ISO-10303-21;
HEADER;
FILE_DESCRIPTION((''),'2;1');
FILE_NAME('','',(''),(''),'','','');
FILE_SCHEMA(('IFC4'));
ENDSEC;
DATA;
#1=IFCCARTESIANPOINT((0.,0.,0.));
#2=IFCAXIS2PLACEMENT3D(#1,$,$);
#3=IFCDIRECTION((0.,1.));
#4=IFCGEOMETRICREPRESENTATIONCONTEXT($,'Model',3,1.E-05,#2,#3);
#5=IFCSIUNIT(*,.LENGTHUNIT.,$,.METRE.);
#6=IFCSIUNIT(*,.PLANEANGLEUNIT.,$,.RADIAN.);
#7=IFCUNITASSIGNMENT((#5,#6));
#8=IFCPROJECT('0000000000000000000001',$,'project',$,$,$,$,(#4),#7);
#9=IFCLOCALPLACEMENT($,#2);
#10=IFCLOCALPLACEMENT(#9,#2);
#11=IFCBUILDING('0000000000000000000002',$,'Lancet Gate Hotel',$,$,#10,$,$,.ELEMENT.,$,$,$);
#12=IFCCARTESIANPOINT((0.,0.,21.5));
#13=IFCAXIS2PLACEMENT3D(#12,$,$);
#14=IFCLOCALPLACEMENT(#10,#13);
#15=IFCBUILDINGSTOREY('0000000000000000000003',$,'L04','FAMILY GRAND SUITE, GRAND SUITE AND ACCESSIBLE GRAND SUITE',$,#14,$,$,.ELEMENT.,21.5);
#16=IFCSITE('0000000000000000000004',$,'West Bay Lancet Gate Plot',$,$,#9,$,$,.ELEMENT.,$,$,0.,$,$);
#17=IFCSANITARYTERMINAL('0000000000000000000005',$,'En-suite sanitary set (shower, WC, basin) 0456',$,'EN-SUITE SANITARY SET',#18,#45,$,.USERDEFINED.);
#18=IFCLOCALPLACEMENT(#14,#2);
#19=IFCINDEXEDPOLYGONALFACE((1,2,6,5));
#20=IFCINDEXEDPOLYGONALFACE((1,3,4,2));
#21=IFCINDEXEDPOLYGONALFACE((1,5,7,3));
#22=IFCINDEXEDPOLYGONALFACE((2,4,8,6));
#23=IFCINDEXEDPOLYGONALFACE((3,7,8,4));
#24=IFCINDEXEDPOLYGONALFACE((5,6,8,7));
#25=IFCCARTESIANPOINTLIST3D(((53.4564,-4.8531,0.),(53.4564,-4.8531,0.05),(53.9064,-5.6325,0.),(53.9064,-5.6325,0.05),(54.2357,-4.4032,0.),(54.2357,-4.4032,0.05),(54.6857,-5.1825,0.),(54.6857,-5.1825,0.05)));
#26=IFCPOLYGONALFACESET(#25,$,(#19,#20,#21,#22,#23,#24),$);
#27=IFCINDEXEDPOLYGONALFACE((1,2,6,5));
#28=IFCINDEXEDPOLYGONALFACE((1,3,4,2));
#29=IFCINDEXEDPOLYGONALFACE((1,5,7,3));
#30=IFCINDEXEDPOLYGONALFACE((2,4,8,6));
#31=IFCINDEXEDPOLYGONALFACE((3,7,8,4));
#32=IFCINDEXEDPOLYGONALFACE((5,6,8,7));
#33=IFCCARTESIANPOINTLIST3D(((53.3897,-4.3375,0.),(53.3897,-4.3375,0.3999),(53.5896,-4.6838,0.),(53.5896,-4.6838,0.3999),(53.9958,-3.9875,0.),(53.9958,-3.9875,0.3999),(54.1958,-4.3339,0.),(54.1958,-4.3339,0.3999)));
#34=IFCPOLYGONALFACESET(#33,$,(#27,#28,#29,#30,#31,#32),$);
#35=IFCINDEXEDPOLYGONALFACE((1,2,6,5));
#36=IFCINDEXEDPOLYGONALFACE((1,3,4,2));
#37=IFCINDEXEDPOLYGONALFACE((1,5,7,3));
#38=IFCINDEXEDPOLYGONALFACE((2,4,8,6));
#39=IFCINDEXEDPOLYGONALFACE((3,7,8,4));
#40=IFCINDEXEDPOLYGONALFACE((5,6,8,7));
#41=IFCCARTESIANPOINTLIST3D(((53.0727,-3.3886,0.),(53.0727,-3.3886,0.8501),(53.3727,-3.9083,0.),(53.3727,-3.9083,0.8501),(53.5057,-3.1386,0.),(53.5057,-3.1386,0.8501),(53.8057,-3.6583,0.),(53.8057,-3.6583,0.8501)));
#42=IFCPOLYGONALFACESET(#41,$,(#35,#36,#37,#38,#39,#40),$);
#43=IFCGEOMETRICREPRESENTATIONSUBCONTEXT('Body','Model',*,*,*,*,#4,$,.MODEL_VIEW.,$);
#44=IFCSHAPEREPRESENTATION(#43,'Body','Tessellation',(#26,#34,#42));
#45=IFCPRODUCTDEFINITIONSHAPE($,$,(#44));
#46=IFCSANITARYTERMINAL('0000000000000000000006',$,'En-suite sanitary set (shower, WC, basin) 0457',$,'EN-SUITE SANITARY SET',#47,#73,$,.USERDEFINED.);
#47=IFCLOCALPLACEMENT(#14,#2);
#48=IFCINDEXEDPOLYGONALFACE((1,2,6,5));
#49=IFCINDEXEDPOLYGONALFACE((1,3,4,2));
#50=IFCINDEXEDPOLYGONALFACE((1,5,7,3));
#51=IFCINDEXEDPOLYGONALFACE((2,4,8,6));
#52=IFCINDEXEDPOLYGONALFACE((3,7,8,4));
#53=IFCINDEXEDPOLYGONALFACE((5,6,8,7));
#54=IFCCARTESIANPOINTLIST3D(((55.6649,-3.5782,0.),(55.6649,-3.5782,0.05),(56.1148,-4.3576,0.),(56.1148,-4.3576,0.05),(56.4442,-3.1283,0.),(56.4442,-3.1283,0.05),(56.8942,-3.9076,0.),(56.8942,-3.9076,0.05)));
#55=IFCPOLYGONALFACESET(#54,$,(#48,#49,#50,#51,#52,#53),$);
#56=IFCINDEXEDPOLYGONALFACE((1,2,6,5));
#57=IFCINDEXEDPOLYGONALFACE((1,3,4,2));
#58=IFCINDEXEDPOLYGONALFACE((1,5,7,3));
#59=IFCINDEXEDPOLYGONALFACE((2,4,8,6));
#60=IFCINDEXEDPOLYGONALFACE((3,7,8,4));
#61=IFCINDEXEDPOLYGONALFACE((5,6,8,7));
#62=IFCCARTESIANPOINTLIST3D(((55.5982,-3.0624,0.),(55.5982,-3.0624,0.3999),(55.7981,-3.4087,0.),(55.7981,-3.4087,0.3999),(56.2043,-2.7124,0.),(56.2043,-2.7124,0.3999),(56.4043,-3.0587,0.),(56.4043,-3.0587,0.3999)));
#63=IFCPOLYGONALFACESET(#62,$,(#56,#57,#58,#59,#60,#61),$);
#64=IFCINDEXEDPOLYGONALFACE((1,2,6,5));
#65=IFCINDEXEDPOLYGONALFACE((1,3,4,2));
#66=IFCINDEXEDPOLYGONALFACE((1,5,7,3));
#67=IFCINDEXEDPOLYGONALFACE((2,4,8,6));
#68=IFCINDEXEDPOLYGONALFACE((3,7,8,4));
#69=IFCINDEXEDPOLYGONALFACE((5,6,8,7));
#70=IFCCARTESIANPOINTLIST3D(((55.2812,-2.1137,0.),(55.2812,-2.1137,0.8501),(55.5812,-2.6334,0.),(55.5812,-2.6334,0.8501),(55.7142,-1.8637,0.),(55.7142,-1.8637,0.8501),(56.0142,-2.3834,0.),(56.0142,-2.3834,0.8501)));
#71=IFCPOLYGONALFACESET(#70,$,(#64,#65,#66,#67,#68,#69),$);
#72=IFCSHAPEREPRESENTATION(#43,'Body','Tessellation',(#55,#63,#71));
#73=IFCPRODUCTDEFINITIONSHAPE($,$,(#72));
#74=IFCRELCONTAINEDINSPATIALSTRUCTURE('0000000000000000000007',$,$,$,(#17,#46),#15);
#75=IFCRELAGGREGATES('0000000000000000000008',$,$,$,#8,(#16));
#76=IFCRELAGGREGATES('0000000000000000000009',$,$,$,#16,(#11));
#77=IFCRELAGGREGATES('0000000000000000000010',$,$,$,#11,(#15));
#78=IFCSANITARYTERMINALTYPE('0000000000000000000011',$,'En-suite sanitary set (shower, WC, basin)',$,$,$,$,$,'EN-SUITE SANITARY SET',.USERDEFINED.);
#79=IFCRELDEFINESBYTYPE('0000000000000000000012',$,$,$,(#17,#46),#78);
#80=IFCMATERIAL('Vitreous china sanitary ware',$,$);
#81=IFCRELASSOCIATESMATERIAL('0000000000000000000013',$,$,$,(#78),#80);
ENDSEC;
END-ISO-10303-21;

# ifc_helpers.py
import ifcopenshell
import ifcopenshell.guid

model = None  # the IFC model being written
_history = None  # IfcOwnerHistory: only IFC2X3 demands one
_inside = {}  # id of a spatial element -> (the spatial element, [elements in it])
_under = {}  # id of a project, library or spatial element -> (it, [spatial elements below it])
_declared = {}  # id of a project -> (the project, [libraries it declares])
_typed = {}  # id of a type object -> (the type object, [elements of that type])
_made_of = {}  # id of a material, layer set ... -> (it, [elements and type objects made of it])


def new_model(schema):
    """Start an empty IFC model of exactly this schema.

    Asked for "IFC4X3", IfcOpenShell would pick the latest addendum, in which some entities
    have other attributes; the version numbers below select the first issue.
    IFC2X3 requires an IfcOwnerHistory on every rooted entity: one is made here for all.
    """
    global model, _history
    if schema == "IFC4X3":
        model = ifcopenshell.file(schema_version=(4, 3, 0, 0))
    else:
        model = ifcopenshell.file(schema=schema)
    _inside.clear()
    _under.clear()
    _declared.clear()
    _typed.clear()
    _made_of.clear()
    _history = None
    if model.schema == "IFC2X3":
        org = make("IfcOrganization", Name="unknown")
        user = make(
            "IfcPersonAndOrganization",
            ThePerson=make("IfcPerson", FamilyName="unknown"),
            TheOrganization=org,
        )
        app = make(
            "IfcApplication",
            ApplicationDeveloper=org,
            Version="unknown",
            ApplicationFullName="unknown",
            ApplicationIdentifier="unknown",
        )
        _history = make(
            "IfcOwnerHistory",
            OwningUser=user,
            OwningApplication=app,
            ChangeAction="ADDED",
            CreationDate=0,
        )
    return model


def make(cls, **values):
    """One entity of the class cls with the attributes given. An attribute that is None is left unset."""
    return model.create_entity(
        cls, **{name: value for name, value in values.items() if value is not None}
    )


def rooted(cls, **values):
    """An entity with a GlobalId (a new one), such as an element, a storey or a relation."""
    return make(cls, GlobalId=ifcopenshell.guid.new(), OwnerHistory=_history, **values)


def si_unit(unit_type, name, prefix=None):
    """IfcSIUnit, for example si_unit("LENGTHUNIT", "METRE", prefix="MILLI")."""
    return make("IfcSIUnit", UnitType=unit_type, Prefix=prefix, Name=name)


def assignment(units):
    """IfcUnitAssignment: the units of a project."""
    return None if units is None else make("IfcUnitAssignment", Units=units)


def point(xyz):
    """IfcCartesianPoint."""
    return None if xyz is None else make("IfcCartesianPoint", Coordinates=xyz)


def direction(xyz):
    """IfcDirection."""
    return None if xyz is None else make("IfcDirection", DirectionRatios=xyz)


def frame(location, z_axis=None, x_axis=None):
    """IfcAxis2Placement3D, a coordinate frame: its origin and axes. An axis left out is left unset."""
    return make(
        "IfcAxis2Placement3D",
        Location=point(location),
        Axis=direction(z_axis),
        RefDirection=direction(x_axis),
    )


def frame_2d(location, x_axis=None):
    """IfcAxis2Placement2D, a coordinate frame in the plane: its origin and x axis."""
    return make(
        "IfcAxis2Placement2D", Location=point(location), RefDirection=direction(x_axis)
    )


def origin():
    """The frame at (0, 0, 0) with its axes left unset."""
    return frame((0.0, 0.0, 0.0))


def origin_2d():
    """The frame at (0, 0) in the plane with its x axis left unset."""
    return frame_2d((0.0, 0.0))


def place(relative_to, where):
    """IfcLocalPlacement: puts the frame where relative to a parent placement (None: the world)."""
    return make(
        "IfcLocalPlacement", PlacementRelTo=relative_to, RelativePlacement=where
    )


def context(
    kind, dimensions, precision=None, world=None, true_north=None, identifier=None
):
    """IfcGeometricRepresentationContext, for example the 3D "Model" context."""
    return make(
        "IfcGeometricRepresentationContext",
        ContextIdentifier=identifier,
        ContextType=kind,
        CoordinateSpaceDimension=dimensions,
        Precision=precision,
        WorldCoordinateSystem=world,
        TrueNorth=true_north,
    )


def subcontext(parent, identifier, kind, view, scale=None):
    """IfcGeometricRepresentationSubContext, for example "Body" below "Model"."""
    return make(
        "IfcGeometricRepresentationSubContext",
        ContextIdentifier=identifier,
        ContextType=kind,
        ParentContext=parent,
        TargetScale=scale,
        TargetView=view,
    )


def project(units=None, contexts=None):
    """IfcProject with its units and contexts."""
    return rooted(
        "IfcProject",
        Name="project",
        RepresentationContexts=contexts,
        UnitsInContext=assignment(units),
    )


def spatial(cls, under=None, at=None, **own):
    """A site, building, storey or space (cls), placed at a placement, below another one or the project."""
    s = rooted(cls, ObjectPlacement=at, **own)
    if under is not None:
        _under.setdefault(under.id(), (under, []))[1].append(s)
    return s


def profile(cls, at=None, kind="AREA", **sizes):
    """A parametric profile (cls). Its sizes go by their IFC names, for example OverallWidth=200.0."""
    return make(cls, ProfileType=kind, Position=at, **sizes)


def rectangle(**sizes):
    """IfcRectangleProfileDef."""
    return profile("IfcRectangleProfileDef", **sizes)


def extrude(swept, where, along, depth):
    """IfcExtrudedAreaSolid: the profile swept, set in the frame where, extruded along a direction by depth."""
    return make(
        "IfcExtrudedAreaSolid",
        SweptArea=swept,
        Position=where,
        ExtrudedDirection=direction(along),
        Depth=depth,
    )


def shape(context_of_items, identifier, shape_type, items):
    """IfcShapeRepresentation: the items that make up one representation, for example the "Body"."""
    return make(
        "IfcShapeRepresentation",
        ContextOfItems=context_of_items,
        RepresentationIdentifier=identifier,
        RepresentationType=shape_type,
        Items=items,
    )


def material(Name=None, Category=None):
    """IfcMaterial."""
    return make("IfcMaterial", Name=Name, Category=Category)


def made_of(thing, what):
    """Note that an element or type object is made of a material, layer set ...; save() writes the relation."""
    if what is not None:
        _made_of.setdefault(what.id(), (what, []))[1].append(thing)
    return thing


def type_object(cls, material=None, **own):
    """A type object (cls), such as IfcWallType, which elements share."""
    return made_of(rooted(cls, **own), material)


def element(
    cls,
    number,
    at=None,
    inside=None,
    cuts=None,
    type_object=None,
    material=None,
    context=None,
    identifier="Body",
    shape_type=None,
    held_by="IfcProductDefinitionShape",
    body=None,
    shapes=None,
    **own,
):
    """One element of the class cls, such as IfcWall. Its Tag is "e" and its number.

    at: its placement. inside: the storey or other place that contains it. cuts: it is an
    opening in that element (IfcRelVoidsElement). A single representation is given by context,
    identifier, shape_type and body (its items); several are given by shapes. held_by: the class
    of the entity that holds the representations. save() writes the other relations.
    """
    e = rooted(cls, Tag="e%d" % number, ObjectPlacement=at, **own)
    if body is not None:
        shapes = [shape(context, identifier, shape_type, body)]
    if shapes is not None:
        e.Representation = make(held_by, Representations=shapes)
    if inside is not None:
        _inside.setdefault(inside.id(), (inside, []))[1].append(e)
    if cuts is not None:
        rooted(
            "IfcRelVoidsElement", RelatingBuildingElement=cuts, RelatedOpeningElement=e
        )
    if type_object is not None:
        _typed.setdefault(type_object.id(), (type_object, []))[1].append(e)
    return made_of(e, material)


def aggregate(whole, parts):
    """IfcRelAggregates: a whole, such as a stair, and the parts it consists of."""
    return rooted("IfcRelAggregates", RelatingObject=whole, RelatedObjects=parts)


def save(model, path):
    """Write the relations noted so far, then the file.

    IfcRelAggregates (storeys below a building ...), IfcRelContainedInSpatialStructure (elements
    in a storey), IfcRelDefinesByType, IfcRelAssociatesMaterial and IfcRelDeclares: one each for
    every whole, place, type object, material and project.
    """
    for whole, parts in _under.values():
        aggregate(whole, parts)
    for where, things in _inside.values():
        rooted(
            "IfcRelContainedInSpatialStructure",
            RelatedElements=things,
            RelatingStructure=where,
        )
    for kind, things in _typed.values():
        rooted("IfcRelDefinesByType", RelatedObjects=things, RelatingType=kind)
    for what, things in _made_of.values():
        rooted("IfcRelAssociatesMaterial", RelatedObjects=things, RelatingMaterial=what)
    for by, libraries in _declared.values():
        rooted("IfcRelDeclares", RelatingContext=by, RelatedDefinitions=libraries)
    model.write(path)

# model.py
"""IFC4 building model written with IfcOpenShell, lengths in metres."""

from ifc_helpers import new_model, si_unit, direction, frame, origin, origin_2d, place, context, subcontext, project, spatial, rectangle, extrude, material, type_object, element, save


model = new_model("IFC4")

# Units and contexts
model_context = context("Model", 3, precision=1e-05, world=origin(), true_north=direction((0.0, 1.0)))
body_context = subcontext(model_context, "Body", "Model", "MODEL_VIEW")
ifc_project = project(units=[si_unit("LENGTHUNIT", "METRE"), si_unit("PLANEANGLEUNIT", "RADIAN")], contexts=[model_context])

# Site, building, storey
site_placement = place(None, origin())
site = spatial("IfcSite", under=ifc_project, at=site_placement, Name="West Bay Lancet Gate Plot", CompositionType="ELEMENT", RefElevation=0.0)
building_placement = place(site_placement, origin())
building = spatial("IfcBuilding", under=site, at=building_placement, Name="Lancet Gate Hotel", CompositionType="ELEMENT")
storey_placement = place(building_placement, frame((0.0, 0.0, 21.5)))
storey = spatial("IfcBuildingStorey", under=building, at=storey_placement, Name="L04", Description="FAMILY GRAND SUITE, GRAND SUITE AND ACCESSIBLE GRAND SUITE", CompositionType="ELEMENT", Elevation=21.5)

# Sanitary terminals
ifc_material_1 = material(Name="Vitreous china sanitary ware")
sanitary_terminal_type = type_object("IfcSanitaryTerminalType", Name="En-suite sanitary set (shower, WC, basin)", ElementType="EN-SUITE SANITARY SET", PredefinedType="USERDEFINED", material=ifc_material_1)
sanitary_terminal_1_placement = place(storey_placement, frame((54.071, -5.0178, 0.0), z_axis=(0.0, 0.0, 1.0), x_axis=(1.0, 0.0, 0.0)))
element("IfcSanitaryTerminal", 1, at=sanitary_terminal_1_placement, inside=storey, type_object=sanitary_terminal_type, Name="En-suite sanitary set (shower, WC, basin) 0456", ObjectType="EN-SUITE SANITARY SET", PredefinedType="USERDEFINED", context=body_context, shape_type="SweptSolid", body=[
    extrude(rectangle(XDim=0.8999, YDim=0.8999, at=origin_2d()), frame((0.0, 0.0, 0.0), z_axis=(0.0, 0.0, 1.0), x_axis=(0.5, -0.866025, 0.0)), (0.0, 0.0, 1.0), 0.05),
    extrude(rectangle(XDim=0.3999, YDim=0.7, at=origin_2d()), frame((-0.2783, 0.6821, 0.0), z_axis=(0.0, 0.0, 1.0), x_axis=(0.5, -0.866025, 0.0)), (0.0, 0.0, 1.0), 0.3999),
    extrude(rectangle(XDim=0.6001, YDim=0.5, at=origin_2d()), frame((-0.6318, 1.4944, 0.0), z_axis=(0.0, 0.0, 1.0), x_axis=(0.5, -0.866025, 0.0)), (0.0, 0.0, 1.0), 0.8501),
])
sanitary_terminal_2_placement = place(storey_placement, frame((56.2795, -3.7429, 0.0), z_axis=(0.0, 0.0, 1.0), x_axis=(1.0, 0.0, 0.0)))
element("IfcSanitaryTerminal", 2, at=sanitary_terminal_2_placement, inside=storey, type_object=sanitary_terminal_type, Name="En-suite sanitary set (shower, WC, basin) 0457", ObjectType="EN-SUITE SANITARY SET", PredefinedType="USERDEFINED", context=body_context, shape_type="SweptSolid", body=[
    extrude(rectangle(XDim=0.8999, YDim=0.8999, at=origin_2d()), frame((0.0, 0.0, 0.0), z_axis=(0.0, 0.0, 1.0), x_axis=(0.5, -0.866025, 0.0)), (0.0, 0.0, 1.0), 0.05),
    extrude(rectangle(XDim=0.3999, YDim=0.7, at=origin_2d()), frame((-0.2783, 0.6824, 0.0), z_axis=(0.0, 0.0, 1.0), x_axis=(0.5, -0.866025, 0.0)), (0.0, 0.0, 1.0), 0.3999),
    extrude(rectangle(XDim=0.6001, YDim=0.5, at=origin_2d()), frame((-0.6318, 1.4944, 0.0), z_axis=(0.0, 0.0, 1.0), x_axis=(0.5, -0.866025, 0.0)), (0.0, 0.0, 1.0), 0.8501),
])

save(model, "model.ifc")
